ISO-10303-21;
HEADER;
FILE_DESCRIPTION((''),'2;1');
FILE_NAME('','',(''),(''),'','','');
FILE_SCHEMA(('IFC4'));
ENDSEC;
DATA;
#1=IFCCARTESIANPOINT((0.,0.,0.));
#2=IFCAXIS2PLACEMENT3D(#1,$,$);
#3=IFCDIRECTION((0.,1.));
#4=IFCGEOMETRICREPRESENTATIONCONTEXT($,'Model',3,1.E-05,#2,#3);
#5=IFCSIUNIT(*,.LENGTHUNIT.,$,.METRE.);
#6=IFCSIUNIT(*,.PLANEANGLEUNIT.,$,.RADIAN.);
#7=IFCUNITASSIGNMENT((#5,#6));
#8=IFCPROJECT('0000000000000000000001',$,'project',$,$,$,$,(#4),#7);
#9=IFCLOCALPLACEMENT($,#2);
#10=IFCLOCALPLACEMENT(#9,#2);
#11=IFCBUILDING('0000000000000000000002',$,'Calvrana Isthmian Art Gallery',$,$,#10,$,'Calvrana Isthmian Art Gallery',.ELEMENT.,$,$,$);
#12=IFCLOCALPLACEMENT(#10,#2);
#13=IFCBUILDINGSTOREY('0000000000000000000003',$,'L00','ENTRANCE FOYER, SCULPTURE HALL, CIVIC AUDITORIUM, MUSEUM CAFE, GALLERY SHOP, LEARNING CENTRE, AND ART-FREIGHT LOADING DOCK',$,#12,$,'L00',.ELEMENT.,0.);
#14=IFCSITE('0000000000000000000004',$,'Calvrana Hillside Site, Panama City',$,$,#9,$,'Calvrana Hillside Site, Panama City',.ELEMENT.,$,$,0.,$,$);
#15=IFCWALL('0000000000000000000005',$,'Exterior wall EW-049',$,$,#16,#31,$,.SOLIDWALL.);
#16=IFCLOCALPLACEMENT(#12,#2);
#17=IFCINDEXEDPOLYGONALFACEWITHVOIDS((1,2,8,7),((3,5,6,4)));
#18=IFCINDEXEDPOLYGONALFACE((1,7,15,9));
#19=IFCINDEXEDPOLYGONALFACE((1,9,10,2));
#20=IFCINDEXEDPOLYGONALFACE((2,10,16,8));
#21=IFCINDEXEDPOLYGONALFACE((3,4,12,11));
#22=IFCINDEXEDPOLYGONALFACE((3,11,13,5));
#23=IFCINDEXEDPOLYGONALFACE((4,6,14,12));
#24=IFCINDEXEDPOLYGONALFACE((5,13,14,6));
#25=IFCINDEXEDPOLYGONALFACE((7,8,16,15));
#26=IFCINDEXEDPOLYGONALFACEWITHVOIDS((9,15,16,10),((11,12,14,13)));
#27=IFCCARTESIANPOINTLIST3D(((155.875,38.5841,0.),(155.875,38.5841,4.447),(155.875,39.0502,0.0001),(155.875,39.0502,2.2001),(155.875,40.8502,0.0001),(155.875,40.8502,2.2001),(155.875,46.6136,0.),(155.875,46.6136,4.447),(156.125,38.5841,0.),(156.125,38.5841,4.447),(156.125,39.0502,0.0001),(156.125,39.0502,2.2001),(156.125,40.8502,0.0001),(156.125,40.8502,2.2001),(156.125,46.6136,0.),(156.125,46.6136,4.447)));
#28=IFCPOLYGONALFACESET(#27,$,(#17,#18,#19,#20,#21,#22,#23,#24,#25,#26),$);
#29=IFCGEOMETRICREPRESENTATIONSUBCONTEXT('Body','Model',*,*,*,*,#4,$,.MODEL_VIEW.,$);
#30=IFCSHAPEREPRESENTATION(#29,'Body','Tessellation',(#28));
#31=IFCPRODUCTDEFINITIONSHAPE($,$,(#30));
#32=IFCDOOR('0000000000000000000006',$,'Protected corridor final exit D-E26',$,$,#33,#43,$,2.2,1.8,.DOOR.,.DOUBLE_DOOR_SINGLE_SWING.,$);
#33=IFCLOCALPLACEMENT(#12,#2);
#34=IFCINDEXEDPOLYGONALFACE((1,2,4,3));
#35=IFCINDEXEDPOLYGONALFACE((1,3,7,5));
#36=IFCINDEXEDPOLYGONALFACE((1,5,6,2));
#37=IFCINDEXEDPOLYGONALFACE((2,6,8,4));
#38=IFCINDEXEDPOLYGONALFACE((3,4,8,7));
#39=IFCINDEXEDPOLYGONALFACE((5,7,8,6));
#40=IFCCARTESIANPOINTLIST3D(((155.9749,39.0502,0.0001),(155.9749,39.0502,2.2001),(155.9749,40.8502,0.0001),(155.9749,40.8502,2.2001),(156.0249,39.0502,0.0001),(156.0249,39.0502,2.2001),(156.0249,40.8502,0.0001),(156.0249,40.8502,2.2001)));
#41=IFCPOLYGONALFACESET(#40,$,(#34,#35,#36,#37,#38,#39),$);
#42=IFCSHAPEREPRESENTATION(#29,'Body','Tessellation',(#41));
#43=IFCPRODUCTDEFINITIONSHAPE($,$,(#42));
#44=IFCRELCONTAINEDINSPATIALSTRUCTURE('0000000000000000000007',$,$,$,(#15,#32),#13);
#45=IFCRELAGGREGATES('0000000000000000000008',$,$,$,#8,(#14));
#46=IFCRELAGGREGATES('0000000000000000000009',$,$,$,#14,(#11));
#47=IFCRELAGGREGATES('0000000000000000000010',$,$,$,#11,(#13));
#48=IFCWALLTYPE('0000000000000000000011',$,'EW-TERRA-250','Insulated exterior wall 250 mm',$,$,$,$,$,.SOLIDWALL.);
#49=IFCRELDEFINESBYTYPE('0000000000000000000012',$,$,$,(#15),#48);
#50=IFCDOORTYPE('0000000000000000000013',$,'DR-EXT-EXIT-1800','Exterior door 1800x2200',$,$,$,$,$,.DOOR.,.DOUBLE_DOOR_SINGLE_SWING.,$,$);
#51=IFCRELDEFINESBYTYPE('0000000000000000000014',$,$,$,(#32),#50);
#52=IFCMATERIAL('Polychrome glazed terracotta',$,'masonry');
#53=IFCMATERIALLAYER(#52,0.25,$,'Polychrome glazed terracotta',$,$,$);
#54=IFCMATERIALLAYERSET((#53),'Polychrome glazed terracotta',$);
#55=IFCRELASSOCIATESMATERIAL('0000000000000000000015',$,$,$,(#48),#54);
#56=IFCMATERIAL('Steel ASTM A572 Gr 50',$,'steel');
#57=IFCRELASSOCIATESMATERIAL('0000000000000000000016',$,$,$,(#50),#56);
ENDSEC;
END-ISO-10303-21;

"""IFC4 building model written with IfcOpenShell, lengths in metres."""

from ifc_helpers import new_model, si_unit, direction, frame, frame_2d, origin, place, context, subcontext, project, spatial, rectangle, extrude, material, layer, layer_set, type_object, element, fill, save


model = new_model("IFC4")

# Units and contexts
model_context = context("Model", 3, precision=1e-05, world=origin(), true_north=direction((0.0, 1.0)))
body_context = subcontext(model_context, "Body", "Model", "MODEL_VIEW")
ifc_project = project(units=[si_unit("LENGTHUNIT", "METRE"), si_unit("PLANEANGLEUNIT", "RADIAN")], contexts=[model_context])

# Site, building, storey
site_placement = place(None, origin())
site = spatial("IfcSite", under=ifc_project, at=site_placement, Name="Calvrana Hillside Site, Panama City", LongName="Calvrana Hillside Site, Panama City", CompositionType="ELEMENT", RefElevation=0.0)
building_placement = place(site_placement, origin())
building = spatial("IfcBuilding", under=site, at=building_placement, Name="Calvrana Isthmian Art Gallery", LongName="Calvrana Isthmian Art Gallery", CompositionType="ELEMENT")
storey_placement = place(building_placement, origin())
storey = spatial("IfcBuildingStorey", under=building, at=storey_placement, Name="L00", Description="ENTRANCE FOYER, SCULPTURE HALL, CIVIC AUDITORIUM, MUSEUM CAFE, GALLERY SHOP, LEARNING CENTRE, AND ART-FREIGHT LOADING DOCK", LongName="L00", CompositionType="ELEMENT", Elevation=0.0)

# Shared definitions
ifc_material_1 = material(Name="Polychrome glazed terracotta", Category="masonry")

# Wall, opening, door
ifc_layer_1 = layer(ifc_material_1, 0.25, Name="Polychrome glazed terracotta")
ifc_layer_set_1 = layer_set([ifc_layer_1], Name="Polychrome glazed terracotta")
wall_type = type_object("IfcWallType", Name="EW-TERRA-250", Description="Insulated exterior wall 250 mm", PredefinedType="SOLIDWALL", material=ifc_layer_set_1)
wall_placement = place(storey_placement, frame((156.0, 46.6135, 0.0), z_axis=(0.0, 0.0, 1.0), x_axis=(0.0, -1.0, 0.0)))
wall = element("IfcWall", 1, at=wall_placement, inside=storey, type_object=wall_type, Name="Exterior wall EW-049", PredefinedType="SOLIDWALL", context=body_context, shape_type="SweptSolid", body=[
    extrude(rectangle(XDim=8.0295, YDim=0.25, at=frame_2d((4.0146, 0.0))), origin(), (0.0, 0.0, 1.0), 4.447),
])
opening_placement = place(wall_placement, frame((5.7634, 0.0, 0.0)))
opening = element("IfcOpeningElement", 2, at=opening_placement, cuts=wall, PredefinedType="OPENING", context=body_context, shape_type="SweptSolid", body=[
    extrude(rectangle(XDim=1.8, YDim=2.2, at=frame_2d((0.8999, 1.1001))), frame((0.0, 0.1353, 0.0), z_axis=(0.0, -1.0, 0.0), x_axis=(1.0, 0.0, 0.0)), (0.0, 0.0, 1.0), 0.2705),
])
ifc_material_2 = material(Name="Steel ASTM A572 Gr 50", Category="steel")
door_type = type_object("IfcDoorType", Name="DR-EXT-EXIT-1800", Description="Exterior door 1800x2200", OperationType="DOUBLE_DOOR_SINGLE_SWING", PredefinedType="DOOR", material=ifc_material_2)
door_placement = place(opening_placement, origin())
door = element("IfcDoor", 3, at=door_placement, inside=storey, type_object=door_type, Name="Protected corridor final exit D-E26", OperationType="DOUBLE_DOOR_SINGLE_SWING", OverallHeight=2.2, OverallWidth=1.8, PredefinedType="DOOR", context=body_context, shape_type="SweptSolid", body=[
    extrude(rectangle(XDim=1.8, YDim=2.2, at=frame_2d((0.8999, 1.1001))), frame((0.0, 0.0249, 0.0), z_axis=(0.0, -1.0, 0.0), x_axis=(1.0, 0.0, 0.0)), (0.0, 0.0, 1.0), 0.05),
])
fill(opening, door)

save(model, "model.ifc")
